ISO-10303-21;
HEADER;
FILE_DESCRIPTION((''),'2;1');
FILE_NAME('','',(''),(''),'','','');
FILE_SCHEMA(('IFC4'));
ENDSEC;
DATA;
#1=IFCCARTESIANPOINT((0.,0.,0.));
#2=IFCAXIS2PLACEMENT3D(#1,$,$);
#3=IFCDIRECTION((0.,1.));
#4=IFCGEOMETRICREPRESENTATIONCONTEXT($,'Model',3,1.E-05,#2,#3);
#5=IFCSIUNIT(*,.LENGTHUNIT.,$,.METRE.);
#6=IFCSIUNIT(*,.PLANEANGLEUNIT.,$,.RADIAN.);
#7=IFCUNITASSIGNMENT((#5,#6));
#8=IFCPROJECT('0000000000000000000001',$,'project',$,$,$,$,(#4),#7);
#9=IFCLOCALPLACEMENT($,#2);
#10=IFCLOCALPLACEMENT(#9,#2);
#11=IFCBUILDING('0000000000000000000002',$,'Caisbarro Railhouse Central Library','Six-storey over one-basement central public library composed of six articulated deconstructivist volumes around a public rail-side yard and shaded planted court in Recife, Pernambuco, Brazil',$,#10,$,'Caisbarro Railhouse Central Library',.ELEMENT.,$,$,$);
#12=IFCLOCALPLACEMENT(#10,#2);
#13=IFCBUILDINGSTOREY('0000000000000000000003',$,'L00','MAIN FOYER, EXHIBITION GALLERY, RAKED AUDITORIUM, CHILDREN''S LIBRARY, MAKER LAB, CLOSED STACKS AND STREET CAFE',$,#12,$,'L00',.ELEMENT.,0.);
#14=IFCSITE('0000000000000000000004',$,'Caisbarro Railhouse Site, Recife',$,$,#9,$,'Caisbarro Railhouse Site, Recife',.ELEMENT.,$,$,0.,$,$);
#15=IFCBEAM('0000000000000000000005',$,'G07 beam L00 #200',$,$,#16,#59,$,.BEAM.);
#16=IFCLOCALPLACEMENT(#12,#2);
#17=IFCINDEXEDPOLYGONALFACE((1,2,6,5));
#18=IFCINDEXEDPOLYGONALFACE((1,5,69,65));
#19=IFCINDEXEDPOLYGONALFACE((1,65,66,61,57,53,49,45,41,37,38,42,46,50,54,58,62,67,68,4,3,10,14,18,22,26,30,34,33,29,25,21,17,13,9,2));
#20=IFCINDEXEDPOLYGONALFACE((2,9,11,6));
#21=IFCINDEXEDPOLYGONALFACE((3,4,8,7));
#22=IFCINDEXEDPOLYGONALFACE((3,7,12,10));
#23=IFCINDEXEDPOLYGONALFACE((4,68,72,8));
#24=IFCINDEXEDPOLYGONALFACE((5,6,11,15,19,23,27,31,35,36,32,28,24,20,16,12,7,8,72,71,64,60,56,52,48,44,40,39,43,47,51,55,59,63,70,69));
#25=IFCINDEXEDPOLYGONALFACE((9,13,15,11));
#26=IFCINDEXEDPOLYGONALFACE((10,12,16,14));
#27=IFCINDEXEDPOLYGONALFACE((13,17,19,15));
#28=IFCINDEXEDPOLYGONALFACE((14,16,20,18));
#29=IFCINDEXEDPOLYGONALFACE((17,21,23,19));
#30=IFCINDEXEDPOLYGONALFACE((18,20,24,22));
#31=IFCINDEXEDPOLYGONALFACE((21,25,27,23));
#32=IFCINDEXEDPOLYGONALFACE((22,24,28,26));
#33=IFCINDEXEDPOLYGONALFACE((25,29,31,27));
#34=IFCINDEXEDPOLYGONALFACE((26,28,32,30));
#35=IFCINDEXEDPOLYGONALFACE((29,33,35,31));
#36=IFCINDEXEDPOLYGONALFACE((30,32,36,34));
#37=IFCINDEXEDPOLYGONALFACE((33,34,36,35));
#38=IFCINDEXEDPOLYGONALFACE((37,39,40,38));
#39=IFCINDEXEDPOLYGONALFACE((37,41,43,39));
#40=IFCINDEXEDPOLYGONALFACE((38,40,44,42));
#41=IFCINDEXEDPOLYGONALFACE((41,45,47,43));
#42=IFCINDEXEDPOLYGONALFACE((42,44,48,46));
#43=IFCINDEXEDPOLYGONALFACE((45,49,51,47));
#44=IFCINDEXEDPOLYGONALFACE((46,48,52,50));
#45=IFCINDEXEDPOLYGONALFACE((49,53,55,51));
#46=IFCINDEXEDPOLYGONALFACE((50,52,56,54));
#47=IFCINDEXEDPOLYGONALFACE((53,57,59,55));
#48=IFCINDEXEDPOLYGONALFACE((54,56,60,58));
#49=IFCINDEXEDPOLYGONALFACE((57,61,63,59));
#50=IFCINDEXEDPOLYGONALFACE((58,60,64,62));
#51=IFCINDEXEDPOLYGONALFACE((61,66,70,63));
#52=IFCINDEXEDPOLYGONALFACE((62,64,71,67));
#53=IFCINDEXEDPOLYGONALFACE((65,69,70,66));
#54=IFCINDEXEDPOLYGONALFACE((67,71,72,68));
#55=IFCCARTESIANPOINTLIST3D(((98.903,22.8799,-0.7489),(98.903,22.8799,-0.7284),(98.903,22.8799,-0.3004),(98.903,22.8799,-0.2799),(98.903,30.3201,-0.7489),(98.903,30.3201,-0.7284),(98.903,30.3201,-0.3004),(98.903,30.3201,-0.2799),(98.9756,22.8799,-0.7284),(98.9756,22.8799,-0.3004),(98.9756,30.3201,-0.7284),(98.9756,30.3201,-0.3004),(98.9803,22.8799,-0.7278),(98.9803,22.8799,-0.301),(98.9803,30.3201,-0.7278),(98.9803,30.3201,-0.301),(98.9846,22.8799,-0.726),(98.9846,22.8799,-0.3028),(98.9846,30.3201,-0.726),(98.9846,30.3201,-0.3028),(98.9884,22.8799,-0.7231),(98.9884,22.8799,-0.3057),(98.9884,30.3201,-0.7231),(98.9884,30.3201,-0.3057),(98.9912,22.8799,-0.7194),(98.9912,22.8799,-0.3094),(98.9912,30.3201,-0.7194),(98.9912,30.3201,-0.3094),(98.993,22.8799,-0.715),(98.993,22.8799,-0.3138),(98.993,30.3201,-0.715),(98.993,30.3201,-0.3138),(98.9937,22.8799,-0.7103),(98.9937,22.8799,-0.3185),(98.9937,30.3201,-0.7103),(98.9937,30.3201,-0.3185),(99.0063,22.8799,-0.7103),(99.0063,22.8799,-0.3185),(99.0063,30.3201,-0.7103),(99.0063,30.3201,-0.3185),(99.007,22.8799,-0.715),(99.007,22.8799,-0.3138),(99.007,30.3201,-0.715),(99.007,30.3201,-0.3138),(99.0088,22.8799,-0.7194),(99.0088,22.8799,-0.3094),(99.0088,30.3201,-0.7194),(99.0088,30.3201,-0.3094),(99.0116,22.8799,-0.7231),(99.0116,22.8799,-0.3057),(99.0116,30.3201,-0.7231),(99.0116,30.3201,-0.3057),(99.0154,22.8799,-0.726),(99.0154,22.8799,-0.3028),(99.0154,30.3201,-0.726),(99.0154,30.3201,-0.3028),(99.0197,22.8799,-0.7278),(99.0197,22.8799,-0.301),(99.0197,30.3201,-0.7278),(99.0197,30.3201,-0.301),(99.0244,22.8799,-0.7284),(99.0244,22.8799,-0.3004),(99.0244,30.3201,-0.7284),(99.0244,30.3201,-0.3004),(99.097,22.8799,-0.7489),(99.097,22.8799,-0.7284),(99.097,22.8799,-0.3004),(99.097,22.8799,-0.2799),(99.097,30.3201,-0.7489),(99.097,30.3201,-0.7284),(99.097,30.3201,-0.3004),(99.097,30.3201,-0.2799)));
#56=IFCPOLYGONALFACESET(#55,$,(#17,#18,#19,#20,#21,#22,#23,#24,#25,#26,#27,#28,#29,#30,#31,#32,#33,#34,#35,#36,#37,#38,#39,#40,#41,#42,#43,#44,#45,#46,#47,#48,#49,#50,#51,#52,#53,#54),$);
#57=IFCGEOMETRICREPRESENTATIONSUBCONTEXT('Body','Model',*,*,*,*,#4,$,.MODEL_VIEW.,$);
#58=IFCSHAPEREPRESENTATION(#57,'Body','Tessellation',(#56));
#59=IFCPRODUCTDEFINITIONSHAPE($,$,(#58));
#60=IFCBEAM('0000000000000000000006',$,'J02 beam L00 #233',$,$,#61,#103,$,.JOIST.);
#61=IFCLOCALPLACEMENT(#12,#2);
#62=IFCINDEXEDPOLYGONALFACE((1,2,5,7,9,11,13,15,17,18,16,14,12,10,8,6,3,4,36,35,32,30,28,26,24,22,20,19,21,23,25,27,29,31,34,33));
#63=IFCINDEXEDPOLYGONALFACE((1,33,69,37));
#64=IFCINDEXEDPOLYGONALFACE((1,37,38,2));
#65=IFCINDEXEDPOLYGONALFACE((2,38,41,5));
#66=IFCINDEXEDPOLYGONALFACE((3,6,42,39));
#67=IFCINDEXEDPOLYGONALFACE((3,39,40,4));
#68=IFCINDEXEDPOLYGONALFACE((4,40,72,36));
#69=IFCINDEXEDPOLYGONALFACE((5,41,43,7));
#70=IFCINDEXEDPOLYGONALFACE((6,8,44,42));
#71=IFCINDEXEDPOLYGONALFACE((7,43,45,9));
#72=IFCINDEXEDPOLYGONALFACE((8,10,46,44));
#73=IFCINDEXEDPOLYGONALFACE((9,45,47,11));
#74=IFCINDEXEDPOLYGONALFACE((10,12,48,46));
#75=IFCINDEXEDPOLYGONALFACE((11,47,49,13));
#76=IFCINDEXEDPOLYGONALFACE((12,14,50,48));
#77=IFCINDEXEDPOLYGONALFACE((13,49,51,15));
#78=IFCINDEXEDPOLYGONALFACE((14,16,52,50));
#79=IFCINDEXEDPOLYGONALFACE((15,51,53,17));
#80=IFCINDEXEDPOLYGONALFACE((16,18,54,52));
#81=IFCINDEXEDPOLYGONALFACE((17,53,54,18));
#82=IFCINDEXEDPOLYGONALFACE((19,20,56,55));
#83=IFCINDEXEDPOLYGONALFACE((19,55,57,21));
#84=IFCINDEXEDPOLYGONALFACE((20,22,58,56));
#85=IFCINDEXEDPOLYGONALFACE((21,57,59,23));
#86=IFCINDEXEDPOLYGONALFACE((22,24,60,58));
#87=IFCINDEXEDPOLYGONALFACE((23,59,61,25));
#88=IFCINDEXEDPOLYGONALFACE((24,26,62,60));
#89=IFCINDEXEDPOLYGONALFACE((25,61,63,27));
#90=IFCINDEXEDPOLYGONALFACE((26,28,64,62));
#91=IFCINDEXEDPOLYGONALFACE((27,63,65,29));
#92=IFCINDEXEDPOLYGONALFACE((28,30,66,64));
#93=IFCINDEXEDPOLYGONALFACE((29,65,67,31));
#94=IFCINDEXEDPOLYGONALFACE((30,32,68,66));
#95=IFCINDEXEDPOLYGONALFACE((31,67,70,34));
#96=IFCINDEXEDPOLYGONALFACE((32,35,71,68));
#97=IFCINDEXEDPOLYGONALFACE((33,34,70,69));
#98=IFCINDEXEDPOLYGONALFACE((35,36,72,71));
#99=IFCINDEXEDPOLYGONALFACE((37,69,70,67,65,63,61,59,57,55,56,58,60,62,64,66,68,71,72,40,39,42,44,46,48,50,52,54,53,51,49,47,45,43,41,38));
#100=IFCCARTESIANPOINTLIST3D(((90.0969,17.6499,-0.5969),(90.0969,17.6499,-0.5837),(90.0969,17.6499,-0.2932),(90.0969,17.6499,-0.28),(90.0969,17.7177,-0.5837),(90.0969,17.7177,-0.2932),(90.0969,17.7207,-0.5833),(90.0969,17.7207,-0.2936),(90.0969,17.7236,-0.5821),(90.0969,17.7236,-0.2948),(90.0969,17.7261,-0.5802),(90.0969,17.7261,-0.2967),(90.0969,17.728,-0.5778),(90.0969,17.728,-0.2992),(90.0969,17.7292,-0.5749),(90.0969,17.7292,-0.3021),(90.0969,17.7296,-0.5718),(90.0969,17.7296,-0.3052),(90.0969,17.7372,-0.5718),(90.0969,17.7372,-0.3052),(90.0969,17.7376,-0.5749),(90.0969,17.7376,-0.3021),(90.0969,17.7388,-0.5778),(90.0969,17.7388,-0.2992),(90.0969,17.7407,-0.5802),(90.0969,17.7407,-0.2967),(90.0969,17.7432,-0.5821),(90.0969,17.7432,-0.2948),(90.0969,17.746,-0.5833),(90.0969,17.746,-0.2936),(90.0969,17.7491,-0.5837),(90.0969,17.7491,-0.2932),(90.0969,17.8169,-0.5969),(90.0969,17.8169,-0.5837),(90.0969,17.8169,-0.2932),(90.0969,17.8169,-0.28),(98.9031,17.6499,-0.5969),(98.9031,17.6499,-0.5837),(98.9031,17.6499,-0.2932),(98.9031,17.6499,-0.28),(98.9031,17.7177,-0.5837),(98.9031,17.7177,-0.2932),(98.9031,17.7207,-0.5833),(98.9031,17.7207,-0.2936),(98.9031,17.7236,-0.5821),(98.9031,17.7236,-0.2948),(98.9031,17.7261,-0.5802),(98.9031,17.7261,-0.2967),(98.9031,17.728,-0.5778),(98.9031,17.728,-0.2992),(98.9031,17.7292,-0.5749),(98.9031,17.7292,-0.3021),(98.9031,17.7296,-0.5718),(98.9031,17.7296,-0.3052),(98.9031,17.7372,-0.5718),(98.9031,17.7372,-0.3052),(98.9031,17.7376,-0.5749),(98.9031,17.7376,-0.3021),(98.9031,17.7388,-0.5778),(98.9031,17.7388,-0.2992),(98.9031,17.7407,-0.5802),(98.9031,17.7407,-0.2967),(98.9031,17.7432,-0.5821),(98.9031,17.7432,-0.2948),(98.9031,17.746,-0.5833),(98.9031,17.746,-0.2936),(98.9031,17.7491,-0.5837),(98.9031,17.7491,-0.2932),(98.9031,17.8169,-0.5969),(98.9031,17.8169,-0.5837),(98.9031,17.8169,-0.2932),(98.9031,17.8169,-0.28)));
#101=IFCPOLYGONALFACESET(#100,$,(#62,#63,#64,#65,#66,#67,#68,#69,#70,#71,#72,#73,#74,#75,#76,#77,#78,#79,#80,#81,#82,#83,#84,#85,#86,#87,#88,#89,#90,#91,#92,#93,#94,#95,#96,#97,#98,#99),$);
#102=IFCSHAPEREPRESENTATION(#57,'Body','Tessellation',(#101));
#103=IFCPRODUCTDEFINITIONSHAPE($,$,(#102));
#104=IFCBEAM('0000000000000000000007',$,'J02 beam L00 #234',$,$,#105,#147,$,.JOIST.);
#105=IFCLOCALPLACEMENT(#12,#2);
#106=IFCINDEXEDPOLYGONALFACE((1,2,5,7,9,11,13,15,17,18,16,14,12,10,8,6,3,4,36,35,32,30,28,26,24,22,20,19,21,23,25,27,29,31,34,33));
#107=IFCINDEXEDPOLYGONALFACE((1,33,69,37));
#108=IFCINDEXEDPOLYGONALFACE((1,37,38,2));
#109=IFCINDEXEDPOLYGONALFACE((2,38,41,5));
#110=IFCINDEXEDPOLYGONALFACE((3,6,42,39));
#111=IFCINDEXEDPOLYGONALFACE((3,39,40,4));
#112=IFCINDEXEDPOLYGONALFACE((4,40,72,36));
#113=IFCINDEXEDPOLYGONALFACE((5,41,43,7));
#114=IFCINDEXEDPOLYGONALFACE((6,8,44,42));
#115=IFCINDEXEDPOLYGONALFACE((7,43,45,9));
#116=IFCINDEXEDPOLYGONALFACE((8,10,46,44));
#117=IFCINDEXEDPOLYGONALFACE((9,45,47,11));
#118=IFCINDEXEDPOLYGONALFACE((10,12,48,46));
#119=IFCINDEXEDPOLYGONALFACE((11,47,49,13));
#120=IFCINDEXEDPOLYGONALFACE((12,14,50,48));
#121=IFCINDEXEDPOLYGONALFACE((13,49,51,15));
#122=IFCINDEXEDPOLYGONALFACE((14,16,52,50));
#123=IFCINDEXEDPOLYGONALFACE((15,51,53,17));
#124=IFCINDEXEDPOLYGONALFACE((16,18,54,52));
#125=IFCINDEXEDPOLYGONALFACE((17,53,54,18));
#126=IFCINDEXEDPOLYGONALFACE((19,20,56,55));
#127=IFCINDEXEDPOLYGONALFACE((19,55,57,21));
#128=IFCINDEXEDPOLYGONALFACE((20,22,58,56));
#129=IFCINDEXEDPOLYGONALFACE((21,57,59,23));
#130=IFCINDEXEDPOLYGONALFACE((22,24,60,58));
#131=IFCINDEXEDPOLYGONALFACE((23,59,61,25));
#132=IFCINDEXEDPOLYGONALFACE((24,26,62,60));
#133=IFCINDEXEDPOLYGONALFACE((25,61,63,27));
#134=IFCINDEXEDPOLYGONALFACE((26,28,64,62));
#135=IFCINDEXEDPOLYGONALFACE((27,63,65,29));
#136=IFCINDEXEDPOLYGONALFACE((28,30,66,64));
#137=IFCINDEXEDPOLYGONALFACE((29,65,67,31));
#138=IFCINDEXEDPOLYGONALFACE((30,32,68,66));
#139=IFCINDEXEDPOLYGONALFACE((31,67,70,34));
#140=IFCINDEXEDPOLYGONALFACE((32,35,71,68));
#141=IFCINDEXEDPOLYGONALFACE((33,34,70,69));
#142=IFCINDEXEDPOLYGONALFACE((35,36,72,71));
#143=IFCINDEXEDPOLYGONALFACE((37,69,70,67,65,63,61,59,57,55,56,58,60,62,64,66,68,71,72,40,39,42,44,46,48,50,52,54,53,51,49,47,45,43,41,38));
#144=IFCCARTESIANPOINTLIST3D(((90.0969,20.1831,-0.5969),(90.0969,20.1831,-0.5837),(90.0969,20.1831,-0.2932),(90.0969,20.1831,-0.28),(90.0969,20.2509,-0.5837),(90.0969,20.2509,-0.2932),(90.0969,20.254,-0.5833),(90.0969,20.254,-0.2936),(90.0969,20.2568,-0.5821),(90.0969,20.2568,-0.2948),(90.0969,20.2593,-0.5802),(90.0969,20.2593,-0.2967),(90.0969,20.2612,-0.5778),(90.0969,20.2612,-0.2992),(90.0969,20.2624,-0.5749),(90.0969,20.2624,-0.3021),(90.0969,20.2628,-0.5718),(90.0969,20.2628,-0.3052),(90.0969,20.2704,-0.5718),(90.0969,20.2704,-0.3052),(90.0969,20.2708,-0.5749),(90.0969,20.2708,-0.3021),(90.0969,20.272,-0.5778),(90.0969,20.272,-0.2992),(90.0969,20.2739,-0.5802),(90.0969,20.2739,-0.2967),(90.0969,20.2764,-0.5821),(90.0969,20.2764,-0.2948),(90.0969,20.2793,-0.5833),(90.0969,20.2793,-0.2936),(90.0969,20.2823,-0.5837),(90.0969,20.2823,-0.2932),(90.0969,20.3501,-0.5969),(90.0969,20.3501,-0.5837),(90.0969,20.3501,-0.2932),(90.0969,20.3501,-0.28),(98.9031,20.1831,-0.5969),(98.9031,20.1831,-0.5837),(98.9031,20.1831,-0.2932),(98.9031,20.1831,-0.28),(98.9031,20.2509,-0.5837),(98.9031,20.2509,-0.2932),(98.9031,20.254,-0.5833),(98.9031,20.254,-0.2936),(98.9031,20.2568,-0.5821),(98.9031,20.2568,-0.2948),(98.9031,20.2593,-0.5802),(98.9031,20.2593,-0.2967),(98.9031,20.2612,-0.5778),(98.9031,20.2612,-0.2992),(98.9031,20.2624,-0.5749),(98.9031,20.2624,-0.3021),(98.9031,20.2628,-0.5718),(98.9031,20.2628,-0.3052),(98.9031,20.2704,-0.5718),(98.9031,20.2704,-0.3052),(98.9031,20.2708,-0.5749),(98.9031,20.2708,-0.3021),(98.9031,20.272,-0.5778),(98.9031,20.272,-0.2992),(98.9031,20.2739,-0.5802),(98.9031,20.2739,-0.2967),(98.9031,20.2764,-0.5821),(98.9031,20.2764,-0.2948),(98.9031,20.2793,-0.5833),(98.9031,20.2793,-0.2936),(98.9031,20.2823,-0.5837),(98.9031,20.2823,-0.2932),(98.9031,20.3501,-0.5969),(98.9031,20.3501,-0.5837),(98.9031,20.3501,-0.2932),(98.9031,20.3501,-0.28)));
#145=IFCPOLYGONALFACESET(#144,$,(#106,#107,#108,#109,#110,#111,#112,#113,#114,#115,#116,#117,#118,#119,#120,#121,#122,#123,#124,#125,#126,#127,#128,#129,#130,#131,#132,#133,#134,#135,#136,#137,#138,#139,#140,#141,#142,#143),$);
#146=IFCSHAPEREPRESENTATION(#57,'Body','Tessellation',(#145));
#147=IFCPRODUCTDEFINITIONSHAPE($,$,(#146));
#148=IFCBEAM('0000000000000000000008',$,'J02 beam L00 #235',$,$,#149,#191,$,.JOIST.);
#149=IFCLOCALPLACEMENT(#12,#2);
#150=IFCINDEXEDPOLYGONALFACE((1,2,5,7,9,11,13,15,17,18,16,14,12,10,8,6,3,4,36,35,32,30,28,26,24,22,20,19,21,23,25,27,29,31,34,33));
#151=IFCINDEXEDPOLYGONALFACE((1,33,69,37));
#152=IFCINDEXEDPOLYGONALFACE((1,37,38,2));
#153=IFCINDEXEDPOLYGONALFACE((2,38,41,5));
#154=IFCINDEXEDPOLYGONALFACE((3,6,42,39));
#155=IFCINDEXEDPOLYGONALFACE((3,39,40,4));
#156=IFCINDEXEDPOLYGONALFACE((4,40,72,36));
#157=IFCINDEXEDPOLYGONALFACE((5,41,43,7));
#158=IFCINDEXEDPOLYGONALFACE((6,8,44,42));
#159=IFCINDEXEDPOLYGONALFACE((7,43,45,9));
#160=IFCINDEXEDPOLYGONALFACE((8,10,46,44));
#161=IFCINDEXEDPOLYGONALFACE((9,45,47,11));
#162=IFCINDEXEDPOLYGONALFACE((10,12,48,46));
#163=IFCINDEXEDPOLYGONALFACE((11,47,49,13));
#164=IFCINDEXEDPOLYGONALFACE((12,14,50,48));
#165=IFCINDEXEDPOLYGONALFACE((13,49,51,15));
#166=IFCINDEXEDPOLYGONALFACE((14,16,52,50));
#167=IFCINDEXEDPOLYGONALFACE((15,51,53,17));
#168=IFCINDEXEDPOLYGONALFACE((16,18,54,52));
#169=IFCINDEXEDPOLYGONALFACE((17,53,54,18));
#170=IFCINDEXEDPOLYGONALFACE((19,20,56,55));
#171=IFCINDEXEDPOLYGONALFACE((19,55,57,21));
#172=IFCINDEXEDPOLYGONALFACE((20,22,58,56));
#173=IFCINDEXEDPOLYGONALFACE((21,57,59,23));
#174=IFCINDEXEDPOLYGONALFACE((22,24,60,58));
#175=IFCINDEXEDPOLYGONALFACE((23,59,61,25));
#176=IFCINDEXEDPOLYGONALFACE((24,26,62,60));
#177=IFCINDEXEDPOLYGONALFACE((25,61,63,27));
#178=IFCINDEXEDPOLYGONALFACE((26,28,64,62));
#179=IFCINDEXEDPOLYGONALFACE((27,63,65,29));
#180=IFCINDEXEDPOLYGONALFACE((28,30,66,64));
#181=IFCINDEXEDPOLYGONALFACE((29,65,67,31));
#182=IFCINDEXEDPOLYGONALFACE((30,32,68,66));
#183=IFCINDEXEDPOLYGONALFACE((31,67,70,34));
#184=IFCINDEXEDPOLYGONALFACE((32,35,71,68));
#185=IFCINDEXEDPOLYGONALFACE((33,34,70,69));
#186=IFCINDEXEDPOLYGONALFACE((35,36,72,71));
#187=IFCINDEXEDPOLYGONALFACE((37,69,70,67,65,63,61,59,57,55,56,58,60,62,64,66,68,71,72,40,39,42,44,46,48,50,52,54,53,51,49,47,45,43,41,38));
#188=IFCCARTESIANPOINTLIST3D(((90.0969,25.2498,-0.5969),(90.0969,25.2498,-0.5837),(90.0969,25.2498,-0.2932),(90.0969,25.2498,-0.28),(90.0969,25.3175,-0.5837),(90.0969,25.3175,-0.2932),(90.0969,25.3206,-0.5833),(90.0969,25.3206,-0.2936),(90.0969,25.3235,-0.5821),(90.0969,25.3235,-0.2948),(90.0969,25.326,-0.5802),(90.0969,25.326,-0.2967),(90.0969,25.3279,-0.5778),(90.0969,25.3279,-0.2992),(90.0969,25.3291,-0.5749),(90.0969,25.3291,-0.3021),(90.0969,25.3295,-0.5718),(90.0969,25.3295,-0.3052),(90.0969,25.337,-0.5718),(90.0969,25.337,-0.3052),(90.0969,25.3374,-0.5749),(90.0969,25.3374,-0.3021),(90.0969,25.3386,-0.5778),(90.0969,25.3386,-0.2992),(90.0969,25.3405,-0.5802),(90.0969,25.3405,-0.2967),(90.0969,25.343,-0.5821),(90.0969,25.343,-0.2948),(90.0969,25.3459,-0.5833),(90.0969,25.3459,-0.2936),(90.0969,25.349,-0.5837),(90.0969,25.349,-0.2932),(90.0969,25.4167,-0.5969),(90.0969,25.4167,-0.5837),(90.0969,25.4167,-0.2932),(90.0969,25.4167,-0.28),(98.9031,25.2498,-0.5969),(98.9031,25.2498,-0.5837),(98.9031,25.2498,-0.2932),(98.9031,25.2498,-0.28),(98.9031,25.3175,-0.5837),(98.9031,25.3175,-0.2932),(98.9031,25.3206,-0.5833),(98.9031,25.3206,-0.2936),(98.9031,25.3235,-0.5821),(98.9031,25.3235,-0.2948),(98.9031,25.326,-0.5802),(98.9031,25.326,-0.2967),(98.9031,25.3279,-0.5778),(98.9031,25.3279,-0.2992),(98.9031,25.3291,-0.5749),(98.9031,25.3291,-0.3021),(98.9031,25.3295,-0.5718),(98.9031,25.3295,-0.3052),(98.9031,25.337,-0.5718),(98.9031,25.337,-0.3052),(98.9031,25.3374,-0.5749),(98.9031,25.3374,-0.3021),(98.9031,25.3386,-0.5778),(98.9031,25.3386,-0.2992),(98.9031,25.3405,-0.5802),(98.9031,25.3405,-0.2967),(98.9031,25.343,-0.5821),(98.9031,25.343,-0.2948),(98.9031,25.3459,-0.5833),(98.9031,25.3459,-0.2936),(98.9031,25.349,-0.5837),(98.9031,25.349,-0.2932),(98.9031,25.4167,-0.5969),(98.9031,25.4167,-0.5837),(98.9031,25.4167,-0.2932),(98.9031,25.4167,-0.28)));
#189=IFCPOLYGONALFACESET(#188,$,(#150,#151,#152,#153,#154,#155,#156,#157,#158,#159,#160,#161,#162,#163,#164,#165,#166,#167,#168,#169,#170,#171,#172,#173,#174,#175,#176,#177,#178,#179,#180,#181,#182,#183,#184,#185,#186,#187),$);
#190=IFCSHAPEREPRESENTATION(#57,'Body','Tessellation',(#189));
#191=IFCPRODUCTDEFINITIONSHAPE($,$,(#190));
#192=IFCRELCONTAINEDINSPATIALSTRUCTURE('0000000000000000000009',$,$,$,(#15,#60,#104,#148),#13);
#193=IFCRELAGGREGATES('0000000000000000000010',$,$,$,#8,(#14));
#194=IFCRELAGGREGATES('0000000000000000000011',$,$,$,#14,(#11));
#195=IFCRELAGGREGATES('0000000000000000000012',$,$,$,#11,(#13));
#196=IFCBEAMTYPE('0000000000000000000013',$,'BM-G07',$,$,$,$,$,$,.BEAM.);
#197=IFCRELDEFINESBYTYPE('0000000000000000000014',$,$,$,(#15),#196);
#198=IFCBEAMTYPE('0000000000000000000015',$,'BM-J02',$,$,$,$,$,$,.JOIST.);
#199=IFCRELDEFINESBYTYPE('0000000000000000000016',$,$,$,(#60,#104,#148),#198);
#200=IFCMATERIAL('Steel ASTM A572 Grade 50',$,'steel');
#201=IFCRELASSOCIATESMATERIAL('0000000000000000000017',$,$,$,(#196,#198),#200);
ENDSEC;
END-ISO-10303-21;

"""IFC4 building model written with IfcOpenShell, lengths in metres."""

from ifc_helpers import new_model, si_unit, direction, frame, origin, origin_2d, place, context, subcontext, project, spatial, i_section, extrude, material, material_profile, profile_set, type_object, element, save


model = new_model("IFC4")

# Units and contexts
model_context = context("Model", 3, precision=1e-05, world=origin(), true_north=direction((0.0, 1.0)))
body_context = subcontext(model_context, "Body", "Model", "MODEL_VIEW")
ifc_project = project(units=[si_unit("LENGTHUNIT", "METRE"), si_unit("PLANEANGLEUNIT", "RADIAN")], contexts=[model_context])

# Site, building, storey
site_placement = place(None, origin())
site = spatial("IfcSite", under=ifc_project, at=site_placement, Name="Caisbarro Railhouse Site, Recife", LongName="Caisbarro Railhouse Site, Recife", CompositionType="ELEMENT", RefElevation=0.0)
building_placement = place(site_placement, origin())
building = spatial("IfcBuilding", under=site, at=building_placement, Name="Caisbarro Railhouse Central Library", Description="Six-storey over one-basement central public library composed of six articulated deconstructivist volumes around a public rail-side yard and shaded planted court in Recife, Pernambuco, Brazil", LongName="Caisbarro Railhouse Central Library", CompositionType="ELEMENT")
storey_placement = place(building_placement, origin())
storey = spatial("IfcBuildingStorey", under=building, at=storey_placement, Name="L00", Description="MAIN FOYER, EXHIBITION GALLERY, RAKED AUDITORIUM, CHILDREN'S LIBRARY, MAKER LAB, CLOSED STACKS AND STREET CAFE", LongName="L00", CompositionType="ELEMENT", Elevation=0.0)

# Shared definitions
ifc_material_1 = material(Name="Steel ASTM A572 Grade 50", Category="steel")

# Beams
ifc_material_profile_1 = material_profile(ifc_material_1, i_section(OverallWidth=0.1941, OverallDepth=0.469, WebThickness=0.0127, FlangeThickness=0.0205, FilletRadius=0.0181, at=origin_2d()), Name="W460X106.0")
ifc_profile_set_1 = profile_set([ifc_material_profile_1], Name="Steel ASTM A572 Grade 50")
beam_type_1 = type_object("IfcBeamType", Name="BM-G07", PredefinedType="BEAM", material=ifc_profile_set_1)
beam_1_placement = place(storey_placement, frame((99.0, 22.8799, -0.5144), z_axis=(0.0, 1.0, 0.0), x_axis=(-1.0, 0.0, 0.0)))
element("IfcBeam", 1, at=beam_1_placement, inside=storey, type_object=beam_type_1, Name="G07 beam L00 #200", PredefinedType="BEAM", context=body_context, shape_type="SweptSolid", body=[
    extrude(i_section(OverallWidth=0.1941, OverallDepth=0.469, WebThickness=0.0127, FlangeThickness=0.0205, FilletRadius=0.0181, at=origin_2d()), origin(), (0.0, 0.0, 1.0), 7.4402),
])
ifc_material_profile_2 = material_profile(ifc_material_1, i_section(OverallWidth=0.167, OverallDepth=0.3169, WebThickness=0.0076, FlangeThickness=0.0132, FilletRadius=0.012, at=origin_2d()), Name="W310X52.0")
ifc_profile_set_2 = profile_set([ifc_material_profile_2], Name="Steel ASTM A572 Grade 50")
beam_type_2 = type_object("IfcBeamType", Name="BM-J02", PredefinedType="JOIST", material=ifc_profile_set_2)
for number, where, z_axis, x_axis, name in (
    (2, (90.0969, 17.7334, -0.4385), (1.0, 0.0, 0.0), (0.0, 1.0, 0.0), "J02 beam L00 #233"),
    (3, (90.0969, 20.2666, -0.4385), (1.0, 0.0, 0.0), (0.0, 1.0, 0.0), "J02 beam L00 #234"),
    (4, (90.0969, 25.3333, -0.4385), (1.0, 0.0, 0.0), (0.0, 1.0, 0.0), "J02 beam L00 #235"),
):
    element("IfcBeam", number, at=place(storey_placement, frame(where, z_axis=z_axis, x_axis=x_axis)), inside=storey, type_object=beam_type_2, Name=name, PredefinedType="JOIST", context=body_context, shape_type="SweptSolid", body=[
        extrude(i_section(OverallWidth=0.167, OverallDepth=0.3169, WebThickness=0.0076, FlangeThickness=0.0132, FilletRadius=0.012, at=origin_2d()), origin(), (0.0, 0.0, 1.0), 8.8062),
    ])

save(model, "model.ifc")
